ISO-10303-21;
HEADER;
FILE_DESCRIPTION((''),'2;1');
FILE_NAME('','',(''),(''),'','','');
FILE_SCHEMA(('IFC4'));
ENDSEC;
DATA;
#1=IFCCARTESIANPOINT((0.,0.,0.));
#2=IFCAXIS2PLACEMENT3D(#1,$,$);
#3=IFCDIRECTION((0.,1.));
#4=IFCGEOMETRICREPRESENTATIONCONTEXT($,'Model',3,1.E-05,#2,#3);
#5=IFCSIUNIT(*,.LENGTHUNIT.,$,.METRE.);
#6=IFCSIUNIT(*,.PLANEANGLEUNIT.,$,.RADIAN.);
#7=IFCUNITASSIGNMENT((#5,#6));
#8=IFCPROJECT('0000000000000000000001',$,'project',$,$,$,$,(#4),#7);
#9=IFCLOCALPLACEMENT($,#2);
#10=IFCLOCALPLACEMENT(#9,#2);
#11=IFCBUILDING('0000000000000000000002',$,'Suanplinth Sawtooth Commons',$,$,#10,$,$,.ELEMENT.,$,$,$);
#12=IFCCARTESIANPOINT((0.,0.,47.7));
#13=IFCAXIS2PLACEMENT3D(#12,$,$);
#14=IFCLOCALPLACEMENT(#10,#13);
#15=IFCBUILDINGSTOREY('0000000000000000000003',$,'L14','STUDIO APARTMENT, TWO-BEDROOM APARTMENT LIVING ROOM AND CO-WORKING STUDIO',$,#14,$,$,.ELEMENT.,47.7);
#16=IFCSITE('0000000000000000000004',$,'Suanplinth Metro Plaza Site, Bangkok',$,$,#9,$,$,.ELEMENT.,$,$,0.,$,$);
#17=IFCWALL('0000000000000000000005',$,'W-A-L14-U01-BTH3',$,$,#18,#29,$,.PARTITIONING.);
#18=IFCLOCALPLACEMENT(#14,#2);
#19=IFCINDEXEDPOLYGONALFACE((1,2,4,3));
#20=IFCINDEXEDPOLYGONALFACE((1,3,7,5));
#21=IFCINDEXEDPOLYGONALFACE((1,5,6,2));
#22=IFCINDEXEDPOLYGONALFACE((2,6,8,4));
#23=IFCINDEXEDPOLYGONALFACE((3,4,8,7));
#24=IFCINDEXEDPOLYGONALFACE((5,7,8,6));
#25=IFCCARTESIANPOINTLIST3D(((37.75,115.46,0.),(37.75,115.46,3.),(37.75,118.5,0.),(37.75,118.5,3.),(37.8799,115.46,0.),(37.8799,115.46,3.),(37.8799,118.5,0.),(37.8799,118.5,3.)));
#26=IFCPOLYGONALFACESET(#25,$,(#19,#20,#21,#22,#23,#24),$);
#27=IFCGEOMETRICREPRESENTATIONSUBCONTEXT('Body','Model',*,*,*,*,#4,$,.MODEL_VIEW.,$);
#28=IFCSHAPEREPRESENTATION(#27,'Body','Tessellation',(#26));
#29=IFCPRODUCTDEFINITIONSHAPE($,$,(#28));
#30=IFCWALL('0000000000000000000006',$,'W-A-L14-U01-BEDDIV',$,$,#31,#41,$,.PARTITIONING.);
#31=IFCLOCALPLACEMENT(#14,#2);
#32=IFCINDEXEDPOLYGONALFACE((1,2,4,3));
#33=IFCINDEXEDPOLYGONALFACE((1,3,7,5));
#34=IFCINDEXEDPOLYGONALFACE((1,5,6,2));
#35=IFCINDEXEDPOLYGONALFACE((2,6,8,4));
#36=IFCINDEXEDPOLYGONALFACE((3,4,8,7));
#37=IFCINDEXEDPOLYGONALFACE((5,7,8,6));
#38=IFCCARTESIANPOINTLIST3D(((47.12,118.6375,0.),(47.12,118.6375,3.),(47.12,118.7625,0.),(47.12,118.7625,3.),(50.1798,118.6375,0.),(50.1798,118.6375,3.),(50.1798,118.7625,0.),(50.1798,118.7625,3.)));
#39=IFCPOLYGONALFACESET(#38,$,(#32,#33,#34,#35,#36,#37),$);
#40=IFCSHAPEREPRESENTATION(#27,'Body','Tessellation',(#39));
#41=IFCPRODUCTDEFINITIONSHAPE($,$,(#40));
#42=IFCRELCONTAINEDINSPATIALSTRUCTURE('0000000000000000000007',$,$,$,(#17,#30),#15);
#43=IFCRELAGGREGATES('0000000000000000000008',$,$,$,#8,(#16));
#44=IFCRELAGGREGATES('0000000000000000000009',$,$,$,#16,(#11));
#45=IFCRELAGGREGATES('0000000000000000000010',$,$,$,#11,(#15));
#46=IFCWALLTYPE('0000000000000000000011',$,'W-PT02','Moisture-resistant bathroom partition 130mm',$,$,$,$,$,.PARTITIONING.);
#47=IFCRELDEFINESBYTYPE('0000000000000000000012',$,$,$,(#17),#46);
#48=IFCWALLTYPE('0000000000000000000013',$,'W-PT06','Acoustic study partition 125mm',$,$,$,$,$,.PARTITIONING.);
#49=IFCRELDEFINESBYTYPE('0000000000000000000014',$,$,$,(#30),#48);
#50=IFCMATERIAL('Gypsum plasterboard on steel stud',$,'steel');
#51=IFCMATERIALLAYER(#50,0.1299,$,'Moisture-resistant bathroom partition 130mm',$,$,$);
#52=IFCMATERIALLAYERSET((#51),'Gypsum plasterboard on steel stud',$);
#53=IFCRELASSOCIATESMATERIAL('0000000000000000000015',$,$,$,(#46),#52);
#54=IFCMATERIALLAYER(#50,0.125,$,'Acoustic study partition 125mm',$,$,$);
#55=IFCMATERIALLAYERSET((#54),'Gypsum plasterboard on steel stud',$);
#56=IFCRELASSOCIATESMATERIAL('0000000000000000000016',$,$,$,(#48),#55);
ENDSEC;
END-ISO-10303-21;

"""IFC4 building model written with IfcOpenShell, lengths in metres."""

from ifc_helpers import new_model, si_unit, direction, frame, frame_2d, origin, place, context, subcontext, project, spatial, rectangle, extrude, material, layer, layer_set, type_object, element, save


model = new_model("IFC4")

# Units and contexts
model_context = context("Model", 3, precision=1e-05, world=origin(), true_north=direction((0.0, 1.0)))
body_context = subcontext(model_context, "Body", "Model", "MODEL_VIEW")
ifc_project = project(units=[si_unit("LENGTHUNIT", "METRE"), si_unit("PLANEANGLEUNIT", "RADIAN")], contexts=[model_context])

# Site, building, storey
site_placement = place(None, origin())
site = spatial("IfcSite", under=ifc_project, at=site_placement, Name="Suanplinth Metro Plaza Site, Bangkok", CompositionType="ELEMENT", RefElevation=0.0)
building_placement = place(site_placement, origin())
building = spatial("IfcBuilding", under=site, at=building_placement, Name="Suanplinth Sawtooth Commons", CompositionType="ELEMENT")
storey_placement = place(building_placement, frame((0.0, 0.0, 47.7)))
storey = spatial("IfcBuildingStorey", under=building, at=storey_placement, Name="L14", Description="STUDIO APARTMENT, TWO-BEDROOM APARTMENT LIVING ROOM AND CO-WORKING STUDIO", CompositionType="ELEMENT", Elevation=47.7)

# Shared definitions
ifc_material_1 = material(Name="Gypsum plasterboard on steel stud", Category="steel")

# Shared definitions
ifc_layer_1 = layer(ifc_material_1, 0.1299, Name="Moisture-resistant bathroom partition 130mm")
ifc_layer_set_1 = layer_set([ifc_layer_1], Name="Gypsum plasterboard on steel stud")
wall_type_1 = type_object("IfcWallType", Name="W-PT02", Description="Moisture-resistant bathroom partition 130mm", PredefinedType="PARTITIONING", material=ifc_layer_set_1)

# Wall
for number, where, z_axis, x_axis, name in (
    (1, (37.8149, 115.46, 0.0), (0.0, 0.0, 1.0), (0.0, 1.0, 0.0), "W-A-L14-U01-BTH3"),
):
    element("IfcWall", number, at=place(storey_placement, frame(where, z_axis=z_axis, x_axis=x_axis)), inside=storey, type_object=wall_type_1, Name=name, PredefinedType="PARTITIONING", context=body_context, shape_type="SweptSolid", body=[
        extrude(rectangle(XDim=3.04, YDim=0.1299, at=frame_2d((1.52, 0.0))), origin(), (0.0, 0.0, 1.0), 3.0),
    ])

# Wall
ifc_layer_2 = layer(ifc_material_1, 0.125, Name="Acoustic study partition 125mm")
ifc_layer_set_2 = layer_set([ifc_layer_2], Name="Gypsum plasterboard on steel stud")
wall_type_2 = type_object("IfcWallType", Name="W-PT06", Description="Acoustic study partition 125mm", PredefinedType="PARTITIONING", material=ifc_layer_set_2)
wall_1_placement = place(storey_placement, frame((47.1201, 118.7, 0.0), z_axis=(0.0, 0.0, 1.0), x_axis=(1.0, 0.0, 0.0)))
element("IfcWall", 2, at=wall_1_placement, inside=storey, type_object=wall_type_2, Name="W-A-L14-U01-BEDDIV", PredefinedType="PARTITIONING", context=body_context, shape_type="SweptSolid", body=[
    extrude(rectangle(XDim=3.0598, YDim=0.125, at=frame_2d((1.5298, 0.0))), origin(), (0.0, 0.0, 1.0), 3.0),
])

save(model, "model.ifc")
